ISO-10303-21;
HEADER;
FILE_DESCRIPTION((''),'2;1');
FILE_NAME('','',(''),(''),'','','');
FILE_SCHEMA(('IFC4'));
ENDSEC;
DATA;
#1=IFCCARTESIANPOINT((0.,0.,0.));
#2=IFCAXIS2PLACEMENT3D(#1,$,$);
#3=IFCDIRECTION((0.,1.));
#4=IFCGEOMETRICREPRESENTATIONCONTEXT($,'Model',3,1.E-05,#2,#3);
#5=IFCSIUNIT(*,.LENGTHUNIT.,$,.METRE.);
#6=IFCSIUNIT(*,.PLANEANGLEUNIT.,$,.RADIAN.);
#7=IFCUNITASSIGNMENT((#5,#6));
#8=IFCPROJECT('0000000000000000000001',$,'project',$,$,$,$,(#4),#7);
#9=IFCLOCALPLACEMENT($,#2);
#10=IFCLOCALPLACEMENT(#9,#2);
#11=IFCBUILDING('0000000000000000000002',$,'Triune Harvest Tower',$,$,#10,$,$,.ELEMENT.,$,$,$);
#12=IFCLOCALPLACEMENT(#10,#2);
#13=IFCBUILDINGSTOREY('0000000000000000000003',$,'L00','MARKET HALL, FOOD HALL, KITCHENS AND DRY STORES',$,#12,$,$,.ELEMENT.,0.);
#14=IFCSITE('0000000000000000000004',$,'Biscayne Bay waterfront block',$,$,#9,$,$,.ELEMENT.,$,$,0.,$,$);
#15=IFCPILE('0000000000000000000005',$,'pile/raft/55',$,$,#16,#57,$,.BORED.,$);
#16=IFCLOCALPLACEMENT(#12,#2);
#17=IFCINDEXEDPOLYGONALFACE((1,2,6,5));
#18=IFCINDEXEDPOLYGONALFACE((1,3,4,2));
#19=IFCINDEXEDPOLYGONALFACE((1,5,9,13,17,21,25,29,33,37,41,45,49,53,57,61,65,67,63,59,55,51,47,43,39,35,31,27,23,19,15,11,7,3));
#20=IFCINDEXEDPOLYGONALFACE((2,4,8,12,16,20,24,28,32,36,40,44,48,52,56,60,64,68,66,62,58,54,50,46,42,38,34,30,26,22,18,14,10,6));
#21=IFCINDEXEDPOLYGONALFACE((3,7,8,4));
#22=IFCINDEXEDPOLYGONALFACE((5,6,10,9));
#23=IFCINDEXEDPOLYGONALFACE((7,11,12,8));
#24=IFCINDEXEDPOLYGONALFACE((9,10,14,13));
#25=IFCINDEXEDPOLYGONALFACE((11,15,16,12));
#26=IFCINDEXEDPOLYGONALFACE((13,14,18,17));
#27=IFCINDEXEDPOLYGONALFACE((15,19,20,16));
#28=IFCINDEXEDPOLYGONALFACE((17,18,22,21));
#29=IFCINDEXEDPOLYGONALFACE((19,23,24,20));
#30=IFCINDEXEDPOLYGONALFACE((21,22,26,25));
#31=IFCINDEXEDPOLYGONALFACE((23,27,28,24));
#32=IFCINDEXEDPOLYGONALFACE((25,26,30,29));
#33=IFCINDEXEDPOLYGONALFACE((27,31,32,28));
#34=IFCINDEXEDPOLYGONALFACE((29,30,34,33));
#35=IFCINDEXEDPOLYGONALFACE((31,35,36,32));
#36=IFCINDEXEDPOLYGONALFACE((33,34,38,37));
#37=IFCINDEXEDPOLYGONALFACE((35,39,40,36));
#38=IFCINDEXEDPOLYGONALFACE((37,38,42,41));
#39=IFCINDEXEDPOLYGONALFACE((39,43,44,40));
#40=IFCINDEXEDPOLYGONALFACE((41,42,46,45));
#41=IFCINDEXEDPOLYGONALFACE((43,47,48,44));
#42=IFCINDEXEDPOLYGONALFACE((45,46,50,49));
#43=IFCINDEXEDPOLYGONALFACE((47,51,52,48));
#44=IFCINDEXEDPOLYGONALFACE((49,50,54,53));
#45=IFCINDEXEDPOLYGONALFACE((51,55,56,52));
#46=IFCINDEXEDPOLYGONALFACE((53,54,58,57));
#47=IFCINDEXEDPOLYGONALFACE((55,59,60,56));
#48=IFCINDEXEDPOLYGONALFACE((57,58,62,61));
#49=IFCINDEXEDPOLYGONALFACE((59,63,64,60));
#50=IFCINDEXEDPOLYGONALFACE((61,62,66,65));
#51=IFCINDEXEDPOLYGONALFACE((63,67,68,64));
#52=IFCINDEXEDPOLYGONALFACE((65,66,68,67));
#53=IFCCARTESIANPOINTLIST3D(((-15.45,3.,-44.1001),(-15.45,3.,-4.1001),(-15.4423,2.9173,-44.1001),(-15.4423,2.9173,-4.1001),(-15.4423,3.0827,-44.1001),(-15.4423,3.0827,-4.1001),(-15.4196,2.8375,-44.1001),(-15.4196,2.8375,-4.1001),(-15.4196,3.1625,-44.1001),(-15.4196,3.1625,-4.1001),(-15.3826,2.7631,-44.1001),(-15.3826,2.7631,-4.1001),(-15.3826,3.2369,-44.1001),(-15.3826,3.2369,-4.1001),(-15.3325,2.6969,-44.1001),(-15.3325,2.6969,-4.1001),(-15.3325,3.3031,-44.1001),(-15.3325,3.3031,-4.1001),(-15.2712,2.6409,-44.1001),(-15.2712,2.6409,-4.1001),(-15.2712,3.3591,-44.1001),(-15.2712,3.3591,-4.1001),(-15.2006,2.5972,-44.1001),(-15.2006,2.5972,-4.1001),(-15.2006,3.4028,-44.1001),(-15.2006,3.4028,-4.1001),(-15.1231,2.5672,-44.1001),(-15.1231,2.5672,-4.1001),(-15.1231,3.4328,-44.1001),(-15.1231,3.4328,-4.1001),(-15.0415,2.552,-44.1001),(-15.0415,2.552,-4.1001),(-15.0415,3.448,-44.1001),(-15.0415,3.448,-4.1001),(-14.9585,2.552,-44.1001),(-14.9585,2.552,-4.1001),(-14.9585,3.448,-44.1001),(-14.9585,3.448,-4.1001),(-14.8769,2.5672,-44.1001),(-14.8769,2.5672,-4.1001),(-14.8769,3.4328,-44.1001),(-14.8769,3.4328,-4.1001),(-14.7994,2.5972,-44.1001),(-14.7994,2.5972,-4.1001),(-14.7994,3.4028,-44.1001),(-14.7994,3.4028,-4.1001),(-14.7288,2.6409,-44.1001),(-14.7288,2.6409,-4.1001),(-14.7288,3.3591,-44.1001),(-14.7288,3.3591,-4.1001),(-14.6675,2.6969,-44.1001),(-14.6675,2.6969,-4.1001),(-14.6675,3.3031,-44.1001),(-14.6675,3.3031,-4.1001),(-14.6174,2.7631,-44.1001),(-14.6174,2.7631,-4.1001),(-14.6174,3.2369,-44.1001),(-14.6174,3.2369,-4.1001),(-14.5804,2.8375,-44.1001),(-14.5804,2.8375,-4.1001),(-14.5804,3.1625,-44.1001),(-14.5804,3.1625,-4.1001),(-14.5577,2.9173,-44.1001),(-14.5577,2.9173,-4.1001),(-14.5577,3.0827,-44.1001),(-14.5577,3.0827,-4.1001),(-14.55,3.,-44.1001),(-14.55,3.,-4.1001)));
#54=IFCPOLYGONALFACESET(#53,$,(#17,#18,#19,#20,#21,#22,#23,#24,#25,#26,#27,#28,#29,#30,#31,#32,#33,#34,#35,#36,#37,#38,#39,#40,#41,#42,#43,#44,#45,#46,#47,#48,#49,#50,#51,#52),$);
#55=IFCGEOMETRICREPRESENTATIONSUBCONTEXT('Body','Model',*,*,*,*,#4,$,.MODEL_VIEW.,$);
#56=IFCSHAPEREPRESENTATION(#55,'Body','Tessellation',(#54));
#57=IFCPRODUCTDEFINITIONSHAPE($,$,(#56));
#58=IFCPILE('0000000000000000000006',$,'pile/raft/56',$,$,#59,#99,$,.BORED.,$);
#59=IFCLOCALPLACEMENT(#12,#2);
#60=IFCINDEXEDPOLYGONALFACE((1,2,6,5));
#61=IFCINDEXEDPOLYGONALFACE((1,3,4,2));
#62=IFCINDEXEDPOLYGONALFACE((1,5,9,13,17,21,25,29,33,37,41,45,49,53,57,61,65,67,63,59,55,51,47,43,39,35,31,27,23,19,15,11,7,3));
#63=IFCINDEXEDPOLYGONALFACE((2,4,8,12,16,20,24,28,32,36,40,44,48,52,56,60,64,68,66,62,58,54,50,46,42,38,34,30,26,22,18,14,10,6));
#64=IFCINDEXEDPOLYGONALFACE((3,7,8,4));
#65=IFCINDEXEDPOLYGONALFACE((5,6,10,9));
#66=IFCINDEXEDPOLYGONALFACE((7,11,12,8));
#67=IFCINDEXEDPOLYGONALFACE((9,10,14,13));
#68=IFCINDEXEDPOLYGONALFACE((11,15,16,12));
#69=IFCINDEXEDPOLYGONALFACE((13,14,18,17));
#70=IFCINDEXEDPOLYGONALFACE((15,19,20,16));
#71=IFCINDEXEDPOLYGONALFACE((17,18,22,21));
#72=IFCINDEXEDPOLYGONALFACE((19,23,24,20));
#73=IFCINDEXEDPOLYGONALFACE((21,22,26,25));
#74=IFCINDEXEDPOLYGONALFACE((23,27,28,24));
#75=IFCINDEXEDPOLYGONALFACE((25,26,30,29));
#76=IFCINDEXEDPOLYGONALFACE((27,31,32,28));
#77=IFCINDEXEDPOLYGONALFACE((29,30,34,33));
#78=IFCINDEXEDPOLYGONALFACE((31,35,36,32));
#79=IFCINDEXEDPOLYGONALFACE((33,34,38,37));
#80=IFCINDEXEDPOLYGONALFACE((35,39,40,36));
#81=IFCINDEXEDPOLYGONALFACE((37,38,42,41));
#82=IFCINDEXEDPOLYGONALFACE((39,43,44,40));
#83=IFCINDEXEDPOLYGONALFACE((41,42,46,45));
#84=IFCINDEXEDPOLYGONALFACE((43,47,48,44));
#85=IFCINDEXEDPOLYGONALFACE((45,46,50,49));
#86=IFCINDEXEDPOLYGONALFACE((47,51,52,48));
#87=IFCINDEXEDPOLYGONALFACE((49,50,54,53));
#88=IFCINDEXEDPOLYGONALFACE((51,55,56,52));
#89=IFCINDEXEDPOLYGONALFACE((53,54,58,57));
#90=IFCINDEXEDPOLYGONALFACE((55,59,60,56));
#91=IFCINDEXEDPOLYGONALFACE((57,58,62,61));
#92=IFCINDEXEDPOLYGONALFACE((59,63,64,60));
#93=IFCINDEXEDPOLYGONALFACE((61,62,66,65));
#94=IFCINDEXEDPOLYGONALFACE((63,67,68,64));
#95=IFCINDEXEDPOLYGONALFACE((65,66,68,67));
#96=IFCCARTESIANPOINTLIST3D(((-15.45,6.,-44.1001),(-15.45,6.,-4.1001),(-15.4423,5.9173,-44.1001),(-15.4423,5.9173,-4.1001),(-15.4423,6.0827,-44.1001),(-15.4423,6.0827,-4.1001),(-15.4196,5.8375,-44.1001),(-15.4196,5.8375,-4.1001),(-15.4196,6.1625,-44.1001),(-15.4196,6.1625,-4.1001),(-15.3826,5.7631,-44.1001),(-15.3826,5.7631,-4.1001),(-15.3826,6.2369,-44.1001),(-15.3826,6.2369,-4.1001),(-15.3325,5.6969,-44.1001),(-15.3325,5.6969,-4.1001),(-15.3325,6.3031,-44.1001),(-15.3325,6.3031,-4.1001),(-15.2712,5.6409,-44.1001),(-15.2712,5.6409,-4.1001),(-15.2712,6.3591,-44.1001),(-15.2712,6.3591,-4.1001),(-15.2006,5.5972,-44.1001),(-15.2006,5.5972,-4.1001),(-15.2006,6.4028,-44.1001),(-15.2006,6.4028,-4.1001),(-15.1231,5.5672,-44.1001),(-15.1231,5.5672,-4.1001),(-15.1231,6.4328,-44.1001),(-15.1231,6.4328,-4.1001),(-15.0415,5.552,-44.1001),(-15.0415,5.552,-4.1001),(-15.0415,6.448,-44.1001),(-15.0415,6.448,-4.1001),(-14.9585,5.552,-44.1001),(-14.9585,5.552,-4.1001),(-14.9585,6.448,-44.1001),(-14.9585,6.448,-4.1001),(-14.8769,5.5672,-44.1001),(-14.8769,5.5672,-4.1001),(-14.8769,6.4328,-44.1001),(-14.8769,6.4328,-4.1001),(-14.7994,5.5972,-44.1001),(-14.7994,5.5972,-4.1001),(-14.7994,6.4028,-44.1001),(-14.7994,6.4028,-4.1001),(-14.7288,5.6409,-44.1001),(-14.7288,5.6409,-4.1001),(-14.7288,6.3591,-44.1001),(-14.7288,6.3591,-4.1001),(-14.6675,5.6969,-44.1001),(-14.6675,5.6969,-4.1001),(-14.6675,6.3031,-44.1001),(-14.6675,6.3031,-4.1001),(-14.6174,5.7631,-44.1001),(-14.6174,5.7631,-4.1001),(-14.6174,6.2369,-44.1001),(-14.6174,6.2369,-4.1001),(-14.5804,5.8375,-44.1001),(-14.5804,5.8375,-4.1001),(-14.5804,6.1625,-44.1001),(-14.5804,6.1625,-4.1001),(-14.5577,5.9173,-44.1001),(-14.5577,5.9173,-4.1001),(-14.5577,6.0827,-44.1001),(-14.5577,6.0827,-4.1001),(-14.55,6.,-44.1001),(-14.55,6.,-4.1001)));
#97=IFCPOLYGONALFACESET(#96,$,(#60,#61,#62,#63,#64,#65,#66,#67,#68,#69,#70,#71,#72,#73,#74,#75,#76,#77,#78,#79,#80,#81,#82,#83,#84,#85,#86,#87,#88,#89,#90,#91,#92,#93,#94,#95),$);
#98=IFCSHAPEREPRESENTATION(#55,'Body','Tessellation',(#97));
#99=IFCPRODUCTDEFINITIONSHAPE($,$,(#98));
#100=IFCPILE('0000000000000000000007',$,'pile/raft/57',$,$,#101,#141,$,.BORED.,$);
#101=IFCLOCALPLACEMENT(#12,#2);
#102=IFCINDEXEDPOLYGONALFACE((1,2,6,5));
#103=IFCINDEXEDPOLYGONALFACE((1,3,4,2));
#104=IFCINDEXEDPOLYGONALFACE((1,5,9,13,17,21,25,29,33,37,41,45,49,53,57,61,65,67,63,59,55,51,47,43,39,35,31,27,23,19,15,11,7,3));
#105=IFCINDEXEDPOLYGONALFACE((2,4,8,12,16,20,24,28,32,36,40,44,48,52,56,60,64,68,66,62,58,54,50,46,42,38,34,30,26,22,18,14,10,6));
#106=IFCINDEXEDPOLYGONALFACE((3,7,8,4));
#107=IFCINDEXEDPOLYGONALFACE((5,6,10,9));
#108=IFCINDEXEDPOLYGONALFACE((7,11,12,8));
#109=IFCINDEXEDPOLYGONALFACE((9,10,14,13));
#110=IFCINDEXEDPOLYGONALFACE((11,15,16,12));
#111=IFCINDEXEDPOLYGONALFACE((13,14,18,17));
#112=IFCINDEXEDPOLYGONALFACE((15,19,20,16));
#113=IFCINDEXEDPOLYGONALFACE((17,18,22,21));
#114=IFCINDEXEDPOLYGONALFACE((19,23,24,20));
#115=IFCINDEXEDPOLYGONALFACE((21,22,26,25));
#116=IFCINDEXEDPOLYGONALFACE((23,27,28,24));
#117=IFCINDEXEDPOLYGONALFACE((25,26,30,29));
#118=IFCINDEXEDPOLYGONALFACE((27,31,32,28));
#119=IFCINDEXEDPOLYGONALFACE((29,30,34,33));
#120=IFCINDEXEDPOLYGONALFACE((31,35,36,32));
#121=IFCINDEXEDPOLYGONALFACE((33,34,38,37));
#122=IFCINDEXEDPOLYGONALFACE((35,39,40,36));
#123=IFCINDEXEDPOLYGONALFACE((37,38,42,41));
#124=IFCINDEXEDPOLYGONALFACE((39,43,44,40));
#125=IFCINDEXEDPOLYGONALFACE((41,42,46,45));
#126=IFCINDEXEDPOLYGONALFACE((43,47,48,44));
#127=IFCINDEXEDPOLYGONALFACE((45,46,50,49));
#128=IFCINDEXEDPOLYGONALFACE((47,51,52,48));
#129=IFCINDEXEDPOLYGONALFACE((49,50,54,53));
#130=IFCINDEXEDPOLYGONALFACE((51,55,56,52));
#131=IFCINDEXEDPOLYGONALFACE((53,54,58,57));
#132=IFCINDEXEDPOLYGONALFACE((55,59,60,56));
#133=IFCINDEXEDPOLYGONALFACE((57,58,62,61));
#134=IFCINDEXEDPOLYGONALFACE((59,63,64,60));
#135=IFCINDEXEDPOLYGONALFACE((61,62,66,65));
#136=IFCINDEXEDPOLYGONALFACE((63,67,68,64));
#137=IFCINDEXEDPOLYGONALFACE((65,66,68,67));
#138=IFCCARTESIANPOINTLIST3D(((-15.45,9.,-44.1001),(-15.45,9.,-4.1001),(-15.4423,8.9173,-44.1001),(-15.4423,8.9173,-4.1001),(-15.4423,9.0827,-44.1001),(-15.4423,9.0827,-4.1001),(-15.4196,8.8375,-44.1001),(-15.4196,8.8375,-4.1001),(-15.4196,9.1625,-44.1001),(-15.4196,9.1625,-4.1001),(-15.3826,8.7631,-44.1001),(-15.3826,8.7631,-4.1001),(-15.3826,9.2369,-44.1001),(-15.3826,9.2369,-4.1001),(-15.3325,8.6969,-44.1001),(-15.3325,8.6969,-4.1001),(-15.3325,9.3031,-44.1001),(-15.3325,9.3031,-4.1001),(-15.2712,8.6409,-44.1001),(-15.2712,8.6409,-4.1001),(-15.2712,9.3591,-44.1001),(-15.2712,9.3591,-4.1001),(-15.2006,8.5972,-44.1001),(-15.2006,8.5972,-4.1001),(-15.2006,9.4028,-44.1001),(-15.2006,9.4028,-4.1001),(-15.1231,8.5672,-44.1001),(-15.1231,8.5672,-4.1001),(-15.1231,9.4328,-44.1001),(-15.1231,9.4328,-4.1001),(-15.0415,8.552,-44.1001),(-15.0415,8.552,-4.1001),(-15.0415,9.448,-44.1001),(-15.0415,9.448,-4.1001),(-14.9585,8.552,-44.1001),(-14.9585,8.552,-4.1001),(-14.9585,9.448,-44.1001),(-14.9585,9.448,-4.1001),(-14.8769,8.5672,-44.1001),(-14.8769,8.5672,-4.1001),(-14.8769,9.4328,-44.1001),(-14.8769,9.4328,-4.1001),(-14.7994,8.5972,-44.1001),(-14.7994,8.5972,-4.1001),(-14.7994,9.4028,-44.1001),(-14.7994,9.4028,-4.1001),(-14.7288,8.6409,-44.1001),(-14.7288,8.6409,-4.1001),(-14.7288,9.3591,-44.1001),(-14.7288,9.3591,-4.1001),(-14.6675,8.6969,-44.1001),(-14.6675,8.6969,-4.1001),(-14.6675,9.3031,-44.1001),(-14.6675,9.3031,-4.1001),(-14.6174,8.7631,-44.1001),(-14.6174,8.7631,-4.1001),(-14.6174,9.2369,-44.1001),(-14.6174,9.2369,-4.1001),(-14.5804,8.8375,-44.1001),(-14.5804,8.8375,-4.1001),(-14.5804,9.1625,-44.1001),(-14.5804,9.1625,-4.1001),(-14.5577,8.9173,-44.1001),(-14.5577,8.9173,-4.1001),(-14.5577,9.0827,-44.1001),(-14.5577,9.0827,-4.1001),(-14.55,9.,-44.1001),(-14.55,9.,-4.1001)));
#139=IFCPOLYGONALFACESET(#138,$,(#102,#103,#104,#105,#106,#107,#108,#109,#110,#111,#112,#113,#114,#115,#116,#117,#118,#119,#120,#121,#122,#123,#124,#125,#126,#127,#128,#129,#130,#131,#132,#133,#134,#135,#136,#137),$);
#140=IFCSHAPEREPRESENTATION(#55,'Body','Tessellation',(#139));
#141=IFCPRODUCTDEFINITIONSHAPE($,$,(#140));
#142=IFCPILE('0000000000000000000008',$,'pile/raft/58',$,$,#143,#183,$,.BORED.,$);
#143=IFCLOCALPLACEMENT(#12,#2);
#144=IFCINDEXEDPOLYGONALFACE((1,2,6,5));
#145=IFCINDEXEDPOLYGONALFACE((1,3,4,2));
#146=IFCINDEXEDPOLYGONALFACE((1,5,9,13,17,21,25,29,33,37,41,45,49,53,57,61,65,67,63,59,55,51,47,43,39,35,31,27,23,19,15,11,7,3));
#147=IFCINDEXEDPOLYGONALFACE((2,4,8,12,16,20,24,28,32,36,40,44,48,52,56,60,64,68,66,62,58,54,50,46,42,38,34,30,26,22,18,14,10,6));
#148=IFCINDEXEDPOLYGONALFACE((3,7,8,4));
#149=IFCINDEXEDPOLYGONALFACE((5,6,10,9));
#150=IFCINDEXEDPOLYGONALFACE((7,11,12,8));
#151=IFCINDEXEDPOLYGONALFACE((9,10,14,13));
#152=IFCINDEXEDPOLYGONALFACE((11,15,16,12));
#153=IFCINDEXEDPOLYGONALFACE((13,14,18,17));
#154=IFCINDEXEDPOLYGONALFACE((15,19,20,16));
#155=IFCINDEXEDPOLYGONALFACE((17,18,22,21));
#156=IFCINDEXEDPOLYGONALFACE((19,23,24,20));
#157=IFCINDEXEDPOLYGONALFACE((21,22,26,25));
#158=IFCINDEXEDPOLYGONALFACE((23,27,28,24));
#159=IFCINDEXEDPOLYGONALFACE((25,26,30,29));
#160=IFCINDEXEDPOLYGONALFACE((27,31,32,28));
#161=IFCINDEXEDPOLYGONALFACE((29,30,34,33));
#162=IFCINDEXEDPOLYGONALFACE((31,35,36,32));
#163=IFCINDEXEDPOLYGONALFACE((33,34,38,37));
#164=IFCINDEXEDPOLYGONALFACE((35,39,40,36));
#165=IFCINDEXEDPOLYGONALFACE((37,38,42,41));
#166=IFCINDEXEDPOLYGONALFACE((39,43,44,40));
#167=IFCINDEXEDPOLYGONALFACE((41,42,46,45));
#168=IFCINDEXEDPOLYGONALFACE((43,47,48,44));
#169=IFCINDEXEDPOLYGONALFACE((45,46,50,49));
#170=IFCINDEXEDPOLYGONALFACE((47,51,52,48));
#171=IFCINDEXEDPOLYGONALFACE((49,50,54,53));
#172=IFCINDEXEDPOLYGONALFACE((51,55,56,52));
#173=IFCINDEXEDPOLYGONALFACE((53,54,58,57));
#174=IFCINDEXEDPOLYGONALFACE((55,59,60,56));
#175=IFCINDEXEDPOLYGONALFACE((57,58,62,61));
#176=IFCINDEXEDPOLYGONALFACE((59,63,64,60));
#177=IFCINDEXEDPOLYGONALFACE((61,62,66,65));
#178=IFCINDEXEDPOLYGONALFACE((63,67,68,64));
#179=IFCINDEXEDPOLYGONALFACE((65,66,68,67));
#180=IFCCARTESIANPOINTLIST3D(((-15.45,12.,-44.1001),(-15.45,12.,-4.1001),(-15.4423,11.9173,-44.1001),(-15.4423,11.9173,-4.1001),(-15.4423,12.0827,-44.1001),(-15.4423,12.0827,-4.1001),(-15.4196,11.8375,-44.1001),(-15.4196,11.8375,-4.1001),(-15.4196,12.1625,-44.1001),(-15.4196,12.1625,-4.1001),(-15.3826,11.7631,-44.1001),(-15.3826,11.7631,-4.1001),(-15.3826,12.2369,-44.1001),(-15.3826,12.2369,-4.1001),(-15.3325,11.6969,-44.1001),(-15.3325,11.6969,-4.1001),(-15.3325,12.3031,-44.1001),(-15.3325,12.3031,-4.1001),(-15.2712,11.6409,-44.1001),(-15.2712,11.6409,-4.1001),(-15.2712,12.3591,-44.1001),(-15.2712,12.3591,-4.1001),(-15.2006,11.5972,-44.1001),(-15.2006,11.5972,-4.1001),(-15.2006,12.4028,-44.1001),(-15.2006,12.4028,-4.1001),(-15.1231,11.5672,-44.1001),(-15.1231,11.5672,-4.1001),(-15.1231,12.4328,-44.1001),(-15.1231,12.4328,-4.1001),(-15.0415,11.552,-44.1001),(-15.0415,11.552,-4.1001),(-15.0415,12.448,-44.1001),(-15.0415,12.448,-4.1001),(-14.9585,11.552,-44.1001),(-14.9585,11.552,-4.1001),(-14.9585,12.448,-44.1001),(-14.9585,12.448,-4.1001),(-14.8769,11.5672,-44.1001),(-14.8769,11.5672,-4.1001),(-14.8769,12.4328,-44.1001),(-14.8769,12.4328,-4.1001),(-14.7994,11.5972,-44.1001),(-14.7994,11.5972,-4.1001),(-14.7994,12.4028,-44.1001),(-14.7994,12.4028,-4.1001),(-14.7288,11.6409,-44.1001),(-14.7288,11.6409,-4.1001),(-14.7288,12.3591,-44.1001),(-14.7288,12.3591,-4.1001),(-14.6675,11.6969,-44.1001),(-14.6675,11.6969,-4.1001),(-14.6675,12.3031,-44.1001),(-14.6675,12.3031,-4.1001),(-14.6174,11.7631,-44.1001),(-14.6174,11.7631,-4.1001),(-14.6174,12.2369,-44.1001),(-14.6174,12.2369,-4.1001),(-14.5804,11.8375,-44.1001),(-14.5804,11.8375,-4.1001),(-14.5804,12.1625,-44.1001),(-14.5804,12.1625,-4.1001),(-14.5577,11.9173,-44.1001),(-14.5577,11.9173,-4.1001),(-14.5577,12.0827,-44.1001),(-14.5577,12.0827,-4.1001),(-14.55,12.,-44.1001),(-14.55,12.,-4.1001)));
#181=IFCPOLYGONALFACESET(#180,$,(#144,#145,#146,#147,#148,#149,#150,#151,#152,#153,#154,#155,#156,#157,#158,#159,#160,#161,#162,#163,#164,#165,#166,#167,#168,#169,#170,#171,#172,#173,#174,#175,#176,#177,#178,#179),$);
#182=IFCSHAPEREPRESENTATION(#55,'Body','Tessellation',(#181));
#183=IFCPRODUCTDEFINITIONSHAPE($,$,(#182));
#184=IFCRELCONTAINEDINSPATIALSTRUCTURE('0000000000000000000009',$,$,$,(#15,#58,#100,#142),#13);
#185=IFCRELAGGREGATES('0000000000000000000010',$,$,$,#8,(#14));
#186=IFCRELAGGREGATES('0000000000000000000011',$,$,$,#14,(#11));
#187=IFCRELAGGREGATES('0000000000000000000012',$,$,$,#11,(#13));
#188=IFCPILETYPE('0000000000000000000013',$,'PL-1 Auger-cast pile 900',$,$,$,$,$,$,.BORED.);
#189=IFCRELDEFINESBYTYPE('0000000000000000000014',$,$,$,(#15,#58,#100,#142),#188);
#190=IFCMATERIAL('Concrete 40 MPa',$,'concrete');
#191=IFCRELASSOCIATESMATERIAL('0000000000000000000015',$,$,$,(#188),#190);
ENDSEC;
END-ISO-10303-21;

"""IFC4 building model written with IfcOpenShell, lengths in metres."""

from ifc_helpers import new_model, si_unit, direction, frame, origin, origin_2d, place, context, subcontext, project, spatial, circle, extrude, source, transform, mapped, material, material_profile, profile_set, type_object, element, save


model = new_model("IFC4")

# Units and contexts
model_context = context("Model", 3, precision=1e-05, world=origin(), true_north=direction((0.0, 1.0)))
body_context = subcontext(model_context, "Body", "Model", "MODEL_VIEW")
ifc_project = project(units=[si_unit("LENGTHUNIT", "METRE"), si_unit("PLANEANGLEUNIT", "RADIAN")], contexts=[model_context])

# Site, building, storey
site_placement = place(None, origin())
site = spatial("IfcSite", under=ifc_project, at=site_placement, Name="Biscayne Bay waterfront block", CompositionType="ELEMENT", RefElevation=0.0)
building_placement = place(site_placement, origin())
building = spatial("IfcBuilding", under=site, at=building_placement, Name="Triune Harvest Tower", CompositionType="ELEMENT")
storey_placement = place(building_placement, origin())
storey = spatial("IfcBuildingStorey", under=building, at=storey_placement, Name="L00", Description="MARKET HALL, FOOD HALL, KITCHENS AND DRY STORES", CompositionType="ELEMENT", Elevation=0.0)

# Piles
ifc_material_1 = material(Name="Concrete 40 MPa", Category="concrete")
ifc_material_profile_1 = material_profile(ifc_material_1, circle(Radius=0.45, at=origin_2d()), Name="Bored 900")
ifc_profile_set_1 = profile_set([ifc_material_profile_1], Name="Concrete 40 MPa")
pile_type = type_object("IfcPileType", Name="PL-1 Auger-cast pile 900", PredefinedType="BORED", material=ifc_profile_set_1)
shared_shape_1 = source(origin(), body_context, "Body", "SweptSolid", [
    extrude(circle(Radius=0.45, at=origin_2d()), origin(), (0.0, 0.0, 1.0), 40.0),
])
for number, where, z_axis, x_axis, name in (
    (1, (-15.0, 3.0, -4.1001), (0.0, 0.0, -1.0), (1.0, 0.0, 0.0), "pile/raft/55"),
    (2, (-15.0, 6.0, -4.1001), (0.0, 0.0, -1.0), (1.0, 0.0, 0.0), "pile/raft/56"),
    (3, (-15.0, 9.0, -4.1001), (0.0, 0.0, -1.0), (1.0, 0.0, 0.0), "pile/raft/57"),
    (4, (-15.0, 12.0, -4.1001), (0.0, 0.0, -1.0), (1.0, 0.0, 0.0), "pile/raft/58"),
):
    element("IfcPile", number, at=place(storey_placement, frame(where, z_axis=z_axis, x_axis=x_axis)), inside=storey, type_object=pile_type, Name=name, PredefinedType="BORED", context=body_context, shape_type="MappedRepresentation", body=[
        mapped(shared_shape_1, transform((0.0, 0.0, 0.0), scale=1.0)),
    ])

save(model, "model.ifc")
